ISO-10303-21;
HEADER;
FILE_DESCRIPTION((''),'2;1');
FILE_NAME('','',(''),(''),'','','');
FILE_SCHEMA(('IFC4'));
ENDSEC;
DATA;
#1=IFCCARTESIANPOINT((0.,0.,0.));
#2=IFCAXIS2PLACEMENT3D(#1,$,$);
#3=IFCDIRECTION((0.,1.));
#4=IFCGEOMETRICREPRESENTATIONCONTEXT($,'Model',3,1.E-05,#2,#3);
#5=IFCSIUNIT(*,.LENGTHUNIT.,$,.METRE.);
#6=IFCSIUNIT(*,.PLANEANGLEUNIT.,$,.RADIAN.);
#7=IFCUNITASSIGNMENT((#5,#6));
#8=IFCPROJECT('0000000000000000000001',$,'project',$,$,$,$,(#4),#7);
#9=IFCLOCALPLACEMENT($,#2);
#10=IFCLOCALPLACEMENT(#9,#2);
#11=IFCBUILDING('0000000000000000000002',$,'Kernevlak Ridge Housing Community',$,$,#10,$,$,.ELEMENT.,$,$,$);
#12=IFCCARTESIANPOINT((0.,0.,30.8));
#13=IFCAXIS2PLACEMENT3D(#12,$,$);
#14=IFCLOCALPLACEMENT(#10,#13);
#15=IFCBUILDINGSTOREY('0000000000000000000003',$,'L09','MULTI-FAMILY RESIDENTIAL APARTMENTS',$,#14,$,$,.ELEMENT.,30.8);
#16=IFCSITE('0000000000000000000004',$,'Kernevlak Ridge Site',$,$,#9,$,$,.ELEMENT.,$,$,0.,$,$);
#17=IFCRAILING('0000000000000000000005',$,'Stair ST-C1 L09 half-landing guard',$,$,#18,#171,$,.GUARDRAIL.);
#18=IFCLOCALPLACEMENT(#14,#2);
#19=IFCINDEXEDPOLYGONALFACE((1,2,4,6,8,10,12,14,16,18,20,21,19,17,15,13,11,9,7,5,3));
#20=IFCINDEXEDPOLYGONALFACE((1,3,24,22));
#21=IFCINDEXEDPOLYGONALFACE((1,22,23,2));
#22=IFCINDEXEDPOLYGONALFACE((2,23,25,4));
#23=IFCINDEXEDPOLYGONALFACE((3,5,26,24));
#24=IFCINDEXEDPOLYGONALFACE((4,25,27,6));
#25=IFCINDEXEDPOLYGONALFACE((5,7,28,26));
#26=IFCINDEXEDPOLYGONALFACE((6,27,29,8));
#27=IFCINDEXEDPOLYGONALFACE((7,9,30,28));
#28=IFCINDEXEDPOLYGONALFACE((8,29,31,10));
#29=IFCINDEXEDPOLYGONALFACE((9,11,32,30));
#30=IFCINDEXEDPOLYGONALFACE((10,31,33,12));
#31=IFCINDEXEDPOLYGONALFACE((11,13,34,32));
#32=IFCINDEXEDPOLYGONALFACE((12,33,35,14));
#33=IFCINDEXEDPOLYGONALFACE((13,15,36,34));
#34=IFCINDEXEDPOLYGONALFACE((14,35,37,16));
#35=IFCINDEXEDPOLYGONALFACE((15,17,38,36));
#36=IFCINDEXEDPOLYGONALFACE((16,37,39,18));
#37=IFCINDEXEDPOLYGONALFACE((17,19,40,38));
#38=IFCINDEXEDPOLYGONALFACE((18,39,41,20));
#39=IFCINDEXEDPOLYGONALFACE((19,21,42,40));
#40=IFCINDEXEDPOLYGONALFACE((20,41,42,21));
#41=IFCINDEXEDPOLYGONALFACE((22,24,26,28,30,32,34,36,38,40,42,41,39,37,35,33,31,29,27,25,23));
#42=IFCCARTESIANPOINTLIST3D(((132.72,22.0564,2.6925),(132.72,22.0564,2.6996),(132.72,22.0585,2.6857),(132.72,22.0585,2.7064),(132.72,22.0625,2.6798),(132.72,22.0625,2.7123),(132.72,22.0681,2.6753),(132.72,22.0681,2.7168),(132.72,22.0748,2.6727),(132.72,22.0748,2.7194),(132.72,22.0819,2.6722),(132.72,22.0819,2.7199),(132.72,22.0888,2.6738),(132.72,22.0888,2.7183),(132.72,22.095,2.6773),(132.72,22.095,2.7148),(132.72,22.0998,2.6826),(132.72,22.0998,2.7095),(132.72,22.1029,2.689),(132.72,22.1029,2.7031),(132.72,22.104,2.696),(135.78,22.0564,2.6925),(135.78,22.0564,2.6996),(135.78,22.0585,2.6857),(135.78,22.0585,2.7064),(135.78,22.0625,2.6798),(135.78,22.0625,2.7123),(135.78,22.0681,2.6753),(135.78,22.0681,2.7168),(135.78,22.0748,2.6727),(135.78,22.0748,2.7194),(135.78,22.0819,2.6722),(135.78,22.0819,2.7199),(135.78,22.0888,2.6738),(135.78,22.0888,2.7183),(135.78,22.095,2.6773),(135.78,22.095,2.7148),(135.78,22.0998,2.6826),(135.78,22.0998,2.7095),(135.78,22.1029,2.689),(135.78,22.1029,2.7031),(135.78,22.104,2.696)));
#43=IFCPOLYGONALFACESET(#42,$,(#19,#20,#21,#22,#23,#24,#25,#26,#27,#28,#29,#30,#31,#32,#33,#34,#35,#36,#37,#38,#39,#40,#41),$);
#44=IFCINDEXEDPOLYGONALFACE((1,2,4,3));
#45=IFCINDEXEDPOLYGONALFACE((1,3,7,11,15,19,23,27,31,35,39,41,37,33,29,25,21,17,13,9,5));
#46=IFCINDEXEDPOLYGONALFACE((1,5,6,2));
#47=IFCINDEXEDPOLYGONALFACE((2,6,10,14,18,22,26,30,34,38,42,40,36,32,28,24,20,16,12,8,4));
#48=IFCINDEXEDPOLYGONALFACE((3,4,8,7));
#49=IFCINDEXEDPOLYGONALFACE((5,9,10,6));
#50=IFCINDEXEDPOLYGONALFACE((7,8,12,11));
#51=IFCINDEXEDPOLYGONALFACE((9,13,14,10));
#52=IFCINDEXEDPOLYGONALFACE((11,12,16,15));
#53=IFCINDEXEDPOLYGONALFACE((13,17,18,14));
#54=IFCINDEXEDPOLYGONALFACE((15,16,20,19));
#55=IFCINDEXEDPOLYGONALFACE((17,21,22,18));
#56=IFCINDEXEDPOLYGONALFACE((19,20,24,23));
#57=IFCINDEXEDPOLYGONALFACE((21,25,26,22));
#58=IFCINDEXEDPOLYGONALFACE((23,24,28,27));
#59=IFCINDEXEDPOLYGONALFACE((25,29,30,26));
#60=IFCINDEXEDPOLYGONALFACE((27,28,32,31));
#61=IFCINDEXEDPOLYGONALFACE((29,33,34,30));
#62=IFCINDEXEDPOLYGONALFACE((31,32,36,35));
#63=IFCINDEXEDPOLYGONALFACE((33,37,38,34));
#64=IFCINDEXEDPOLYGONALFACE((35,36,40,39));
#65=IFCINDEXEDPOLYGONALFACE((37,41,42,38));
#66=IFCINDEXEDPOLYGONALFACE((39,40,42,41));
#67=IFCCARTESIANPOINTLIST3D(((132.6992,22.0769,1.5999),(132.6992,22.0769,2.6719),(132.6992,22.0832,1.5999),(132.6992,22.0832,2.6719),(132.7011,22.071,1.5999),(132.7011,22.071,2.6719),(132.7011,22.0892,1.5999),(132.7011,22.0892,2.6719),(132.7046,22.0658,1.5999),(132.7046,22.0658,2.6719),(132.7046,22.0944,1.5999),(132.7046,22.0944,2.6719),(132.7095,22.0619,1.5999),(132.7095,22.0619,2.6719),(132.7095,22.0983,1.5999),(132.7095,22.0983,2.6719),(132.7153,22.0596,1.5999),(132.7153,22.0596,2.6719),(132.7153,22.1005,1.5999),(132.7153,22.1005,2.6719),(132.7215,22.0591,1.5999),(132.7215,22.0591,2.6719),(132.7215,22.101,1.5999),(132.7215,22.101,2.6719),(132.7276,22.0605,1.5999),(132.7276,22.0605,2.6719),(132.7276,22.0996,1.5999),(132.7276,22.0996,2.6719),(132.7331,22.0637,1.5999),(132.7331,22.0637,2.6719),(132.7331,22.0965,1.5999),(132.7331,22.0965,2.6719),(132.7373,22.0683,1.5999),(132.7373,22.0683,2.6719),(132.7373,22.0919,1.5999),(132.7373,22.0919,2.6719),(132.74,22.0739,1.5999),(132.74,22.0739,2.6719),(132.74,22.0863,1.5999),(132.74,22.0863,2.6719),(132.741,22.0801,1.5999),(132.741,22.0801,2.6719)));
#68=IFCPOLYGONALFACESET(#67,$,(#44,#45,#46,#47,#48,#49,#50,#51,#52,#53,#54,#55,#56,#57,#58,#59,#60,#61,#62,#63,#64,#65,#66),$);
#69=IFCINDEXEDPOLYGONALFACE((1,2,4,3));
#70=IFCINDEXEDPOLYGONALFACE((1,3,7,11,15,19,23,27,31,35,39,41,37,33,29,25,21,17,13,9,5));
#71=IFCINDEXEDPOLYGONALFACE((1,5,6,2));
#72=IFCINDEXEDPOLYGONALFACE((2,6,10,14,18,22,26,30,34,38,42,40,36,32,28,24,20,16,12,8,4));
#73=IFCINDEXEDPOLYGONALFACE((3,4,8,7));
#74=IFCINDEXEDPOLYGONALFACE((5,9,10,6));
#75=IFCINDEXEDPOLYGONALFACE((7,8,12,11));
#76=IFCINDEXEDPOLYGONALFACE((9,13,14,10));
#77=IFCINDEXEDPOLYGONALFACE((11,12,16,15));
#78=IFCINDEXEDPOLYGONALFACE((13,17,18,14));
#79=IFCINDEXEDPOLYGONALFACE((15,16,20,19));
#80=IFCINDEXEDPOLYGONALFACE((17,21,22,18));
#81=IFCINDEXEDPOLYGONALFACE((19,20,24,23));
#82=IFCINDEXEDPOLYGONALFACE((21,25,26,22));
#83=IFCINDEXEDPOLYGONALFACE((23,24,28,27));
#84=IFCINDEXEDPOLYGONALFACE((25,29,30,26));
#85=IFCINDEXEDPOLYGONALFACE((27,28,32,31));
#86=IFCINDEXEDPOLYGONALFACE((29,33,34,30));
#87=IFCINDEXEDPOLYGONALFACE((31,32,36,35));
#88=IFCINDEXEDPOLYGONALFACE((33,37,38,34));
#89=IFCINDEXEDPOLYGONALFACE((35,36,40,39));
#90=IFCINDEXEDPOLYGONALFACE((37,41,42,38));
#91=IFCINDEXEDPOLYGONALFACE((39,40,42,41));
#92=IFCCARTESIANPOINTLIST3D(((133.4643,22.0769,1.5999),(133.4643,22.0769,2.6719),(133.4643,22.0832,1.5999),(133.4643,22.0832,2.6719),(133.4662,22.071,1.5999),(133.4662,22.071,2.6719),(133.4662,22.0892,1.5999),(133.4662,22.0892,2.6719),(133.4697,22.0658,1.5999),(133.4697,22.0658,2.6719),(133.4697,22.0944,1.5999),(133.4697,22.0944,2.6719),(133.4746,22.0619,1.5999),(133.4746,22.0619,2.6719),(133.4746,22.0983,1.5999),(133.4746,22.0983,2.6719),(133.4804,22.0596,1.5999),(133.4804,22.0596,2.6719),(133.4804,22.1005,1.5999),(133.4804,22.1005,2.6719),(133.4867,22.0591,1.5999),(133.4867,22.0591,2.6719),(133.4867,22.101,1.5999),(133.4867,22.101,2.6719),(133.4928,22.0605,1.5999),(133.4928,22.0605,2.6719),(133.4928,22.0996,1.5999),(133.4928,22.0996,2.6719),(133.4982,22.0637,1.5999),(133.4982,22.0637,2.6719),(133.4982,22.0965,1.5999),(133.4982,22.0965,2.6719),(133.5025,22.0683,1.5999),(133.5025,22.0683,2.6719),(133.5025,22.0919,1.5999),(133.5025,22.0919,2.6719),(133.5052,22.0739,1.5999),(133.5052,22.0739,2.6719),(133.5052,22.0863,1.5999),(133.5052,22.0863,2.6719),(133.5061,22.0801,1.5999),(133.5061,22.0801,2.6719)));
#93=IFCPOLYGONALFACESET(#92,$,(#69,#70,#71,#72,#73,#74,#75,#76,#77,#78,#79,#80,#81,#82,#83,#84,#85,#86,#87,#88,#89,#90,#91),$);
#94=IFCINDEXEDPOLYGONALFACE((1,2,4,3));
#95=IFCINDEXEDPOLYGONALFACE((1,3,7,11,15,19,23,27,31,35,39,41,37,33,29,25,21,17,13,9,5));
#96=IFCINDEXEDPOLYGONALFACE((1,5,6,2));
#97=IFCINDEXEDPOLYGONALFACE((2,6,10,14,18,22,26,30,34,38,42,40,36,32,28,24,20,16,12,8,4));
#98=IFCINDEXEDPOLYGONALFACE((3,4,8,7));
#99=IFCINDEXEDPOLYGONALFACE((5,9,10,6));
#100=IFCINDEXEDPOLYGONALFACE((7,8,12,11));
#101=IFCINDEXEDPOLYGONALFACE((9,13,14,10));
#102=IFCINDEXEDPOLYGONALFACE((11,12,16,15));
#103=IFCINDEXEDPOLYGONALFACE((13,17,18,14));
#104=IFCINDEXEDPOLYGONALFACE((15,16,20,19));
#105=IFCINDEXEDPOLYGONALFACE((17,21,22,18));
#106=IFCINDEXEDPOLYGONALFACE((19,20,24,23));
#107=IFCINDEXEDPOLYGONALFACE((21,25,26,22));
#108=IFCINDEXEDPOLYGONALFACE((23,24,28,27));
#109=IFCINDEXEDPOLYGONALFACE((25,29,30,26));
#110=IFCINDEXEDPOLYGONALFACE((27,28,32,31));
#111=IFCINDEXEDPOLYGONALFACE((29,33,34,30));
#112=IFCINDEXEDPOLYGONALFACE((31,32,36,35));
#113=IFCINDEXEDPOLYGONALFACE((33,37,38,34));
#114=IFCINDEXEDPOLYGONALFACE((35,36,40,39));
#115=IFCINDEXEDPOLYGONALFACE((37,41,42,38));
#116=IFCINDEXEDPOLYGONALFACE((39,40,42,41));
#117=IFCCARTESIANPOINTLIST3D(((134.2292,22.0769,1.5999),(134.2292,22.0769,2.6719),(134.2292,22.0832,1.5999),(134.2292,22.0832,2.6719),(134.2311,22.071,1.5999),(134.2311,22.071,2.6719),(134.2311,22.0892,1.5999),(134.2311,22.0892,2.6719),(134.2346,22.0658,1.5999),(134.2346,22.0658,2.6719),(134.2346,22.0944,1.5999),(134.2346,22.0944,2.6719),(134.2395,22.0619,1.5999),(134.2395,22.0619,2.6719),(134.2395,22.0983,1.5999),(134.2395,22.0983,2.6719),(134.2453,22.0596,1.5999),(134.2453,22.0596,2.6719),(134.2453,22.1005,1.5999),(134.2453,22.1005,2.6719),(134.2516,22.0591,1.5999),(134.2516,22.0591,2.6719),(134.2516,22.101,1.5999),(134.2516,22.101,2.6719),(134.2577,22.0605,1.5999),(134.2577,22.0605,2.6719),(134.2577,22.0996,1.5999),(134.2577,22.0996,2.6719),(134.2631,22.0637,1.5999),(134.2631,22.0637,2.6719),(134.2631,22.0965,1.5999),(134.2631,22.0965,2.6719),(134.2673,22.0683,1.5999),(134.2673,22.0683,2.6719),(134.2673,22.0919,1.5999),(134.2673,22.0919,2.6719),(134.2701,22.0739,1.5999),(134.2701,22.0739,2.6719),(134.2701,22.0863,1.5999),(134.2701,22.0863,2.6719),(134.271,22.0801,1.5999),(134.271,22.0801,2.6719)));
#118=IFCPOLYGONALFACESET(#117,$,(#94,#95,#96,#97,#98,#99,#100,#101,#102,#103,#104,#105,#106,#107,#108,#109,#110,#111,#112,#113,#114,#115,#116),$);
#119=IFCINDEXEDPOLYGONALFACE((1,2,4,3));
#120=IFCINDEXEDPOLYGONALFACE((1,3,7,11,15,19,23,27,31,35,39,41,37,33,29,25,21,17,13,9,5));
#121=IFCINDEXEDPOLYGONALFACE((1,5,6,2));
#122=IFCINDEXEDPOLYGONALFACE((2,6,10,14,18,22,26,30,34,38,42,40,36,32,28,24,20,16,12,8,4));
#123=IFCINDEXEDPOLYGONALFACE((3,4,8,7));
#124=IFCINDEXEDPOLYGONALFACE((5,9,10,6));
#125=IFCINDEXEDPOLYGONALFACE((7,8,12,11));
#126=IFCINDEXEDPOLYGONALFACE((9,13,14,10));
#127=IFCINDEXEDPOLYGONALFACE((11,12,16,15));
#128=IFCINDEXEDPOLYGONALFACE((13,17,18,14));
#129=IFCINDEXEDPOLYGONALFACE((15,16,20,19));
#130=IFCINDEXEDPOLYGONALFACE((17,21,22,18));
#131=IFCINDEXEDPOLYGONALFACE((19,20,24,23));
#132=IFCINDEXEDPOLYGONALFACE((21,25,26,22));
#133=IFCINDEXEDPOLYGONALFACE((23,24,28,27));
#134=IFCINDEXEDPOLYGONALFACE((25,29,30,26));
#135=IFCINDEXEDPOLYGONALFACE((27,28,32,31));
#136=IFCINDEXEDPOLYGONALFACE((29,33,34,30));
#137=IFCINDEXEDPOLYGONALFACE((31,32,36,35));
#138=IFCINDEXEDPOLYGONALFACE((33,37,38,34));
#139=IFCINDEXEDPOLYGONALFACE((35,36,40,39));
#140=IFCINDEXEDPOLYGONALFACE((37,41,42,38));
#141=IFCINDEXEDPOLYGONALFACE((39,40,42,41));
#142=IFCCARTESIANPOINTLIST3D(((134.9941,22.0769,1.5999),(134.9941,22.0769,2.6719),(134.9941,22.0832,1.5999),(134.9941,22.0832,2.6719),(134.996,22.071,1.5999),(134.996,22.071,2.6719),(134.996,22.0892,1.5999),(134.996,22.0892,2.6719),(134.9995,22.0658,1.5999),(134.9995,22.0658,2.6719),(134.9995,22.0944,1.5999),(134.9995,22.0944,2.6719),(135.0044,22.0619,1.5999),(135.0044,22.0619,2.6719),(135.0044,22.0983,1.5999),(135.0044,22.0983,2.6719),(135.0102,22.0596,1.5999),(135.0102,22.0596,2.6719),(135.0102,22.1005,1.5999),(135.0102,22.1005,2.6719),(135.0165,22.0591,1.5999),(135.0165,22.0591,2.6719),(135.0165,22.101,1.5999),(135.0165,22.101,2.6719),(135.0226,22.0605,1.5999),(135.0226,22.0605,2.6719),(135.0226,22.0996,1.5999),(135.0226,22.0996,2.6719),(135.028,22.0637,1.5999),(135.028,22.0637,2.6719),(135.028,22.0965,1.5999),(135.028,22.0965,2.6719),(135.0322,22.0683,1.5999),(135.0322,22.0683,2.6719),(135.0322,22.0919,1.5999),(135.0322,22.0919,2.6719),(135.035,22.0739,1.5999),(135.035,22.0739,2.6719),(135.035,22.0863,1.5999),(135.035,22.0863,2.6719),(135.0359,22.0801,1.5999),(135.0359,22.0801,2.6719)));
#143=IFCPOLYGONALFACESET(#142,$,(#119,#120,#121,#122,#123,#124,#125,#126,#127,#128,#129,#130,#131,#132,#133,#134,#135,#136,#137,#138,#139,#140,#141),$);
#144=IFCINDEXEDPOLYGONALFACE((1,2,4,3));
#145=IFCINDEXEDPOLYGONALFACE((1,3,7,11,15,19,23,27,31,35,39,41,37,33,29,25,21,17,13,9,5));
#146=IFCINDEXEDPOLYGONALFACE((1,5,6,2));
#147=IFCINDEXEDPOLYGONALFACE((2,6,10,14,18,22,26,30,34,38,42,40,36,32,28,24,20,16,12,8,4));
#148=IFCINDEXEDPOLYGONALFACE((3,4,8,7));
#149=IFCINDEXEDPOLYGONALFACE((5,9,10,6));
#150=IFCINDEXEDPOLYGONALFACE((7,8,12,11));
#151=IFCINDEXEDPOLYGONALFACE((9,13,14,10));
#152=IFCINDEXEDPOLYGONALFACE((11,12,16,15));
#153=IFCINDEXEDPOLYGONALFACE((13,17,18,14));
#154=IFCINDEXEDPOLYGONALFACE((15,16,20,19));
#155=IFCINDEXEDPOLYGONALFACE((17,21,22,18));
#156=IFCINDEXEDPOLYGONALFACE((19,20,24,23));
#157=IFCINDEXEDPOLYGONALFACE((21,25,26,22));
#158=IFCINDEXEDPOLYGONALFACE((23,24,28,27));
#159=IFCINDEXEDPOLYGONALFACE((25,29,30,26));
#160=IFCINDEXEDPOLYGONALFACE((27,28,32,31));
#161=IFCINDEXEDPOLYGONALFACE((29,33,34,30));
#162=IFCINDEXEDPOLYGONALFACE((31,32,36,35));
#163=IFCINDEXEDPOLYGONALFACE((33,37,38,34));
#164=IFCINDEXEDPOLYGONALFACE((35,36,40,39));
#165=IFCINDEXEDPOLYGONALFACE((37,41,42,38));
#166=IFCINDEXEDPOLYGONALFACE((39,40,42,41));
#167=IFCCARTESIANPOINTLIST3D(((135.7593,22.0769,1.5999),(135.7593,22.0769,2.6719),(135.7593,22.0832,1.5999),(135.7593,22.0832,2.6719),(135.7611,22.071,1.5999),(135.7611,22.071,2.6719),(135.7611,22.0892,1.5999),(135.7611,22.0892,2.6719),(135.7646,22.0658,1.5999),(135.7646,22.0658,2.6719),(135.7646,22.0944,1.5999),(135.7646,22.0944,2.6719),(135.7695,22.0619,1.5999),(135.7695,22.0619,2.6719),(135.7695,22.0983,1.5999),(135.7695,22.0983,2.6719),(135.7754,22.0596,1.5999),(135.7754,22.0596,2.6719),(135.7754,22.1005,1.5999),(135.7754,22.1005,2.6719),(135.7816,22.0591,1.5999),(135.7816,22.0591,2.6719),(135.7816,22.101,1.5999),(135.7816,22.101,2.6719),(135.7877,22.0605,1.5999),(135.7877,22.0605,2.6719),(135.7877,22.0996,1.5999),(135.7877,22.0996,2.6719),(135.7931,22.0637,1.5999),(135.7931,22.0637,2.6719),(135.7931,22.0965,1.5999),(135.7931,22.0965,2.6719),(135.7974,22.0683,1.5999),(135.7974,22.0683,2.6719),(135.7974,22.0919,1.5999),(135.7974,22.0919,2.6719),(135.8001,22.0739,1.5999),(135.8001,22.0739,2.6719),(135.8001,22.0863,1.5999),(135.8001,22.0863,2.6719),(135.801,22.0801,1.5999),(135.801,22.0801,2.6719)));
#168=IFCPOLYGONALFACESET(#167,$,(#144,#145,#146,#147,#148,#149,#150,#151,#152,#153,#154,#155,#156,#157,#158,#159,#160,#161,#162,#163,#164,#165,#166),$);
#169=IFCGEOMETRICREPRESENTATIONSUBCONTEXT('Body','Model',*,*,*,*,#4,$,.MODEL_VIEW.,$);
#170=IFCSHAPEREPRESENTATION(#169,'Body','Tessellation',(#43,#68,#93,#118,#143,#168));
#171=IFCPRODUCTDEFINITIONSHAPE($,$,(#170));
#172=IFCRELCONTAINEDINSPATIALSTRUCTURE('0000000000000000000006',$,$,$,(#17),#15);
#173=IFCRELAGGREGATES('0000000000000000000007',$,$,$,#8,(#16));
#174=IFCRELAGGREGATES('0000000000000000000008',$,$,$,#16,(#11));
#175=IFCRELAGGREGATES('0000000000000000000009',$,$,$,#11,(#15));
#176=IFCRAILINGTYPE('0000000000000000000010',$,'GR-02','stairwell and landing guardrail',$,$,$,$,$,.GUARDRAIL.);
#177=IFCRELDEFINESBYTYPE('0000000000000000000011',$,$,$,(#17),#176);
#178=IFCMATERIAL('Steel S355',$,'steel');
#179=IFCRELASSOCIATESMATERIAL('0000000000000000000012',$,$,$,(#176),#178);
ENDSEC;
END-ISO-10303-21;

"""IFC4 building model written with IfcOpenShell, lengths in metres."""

from ifc_helpers import new_model, si_unit, direction, frame, origin, origin_2d, place, context, subcontext, project, spatial, circle, extrude, material, type_object, element, save


model = new_model("IFC4")

# Units and contexts
model_context = context("Model", 3, precision=1e-05, world=origin(), true_north=direction((0.0, 1.0)))
body_context = subcontext(model_context, "Body", "Model", "MODEL_VIEW")
ifc_project = project(units=[si_unit("LENGTHUNIT", "METRE"), si_unit("PLANEANGLEUNIT", "RADIAN")], contexts=[model_context])

# Site, building, storey
site_placement = place(None, origin())
site = spatial("IfcSite", under=ifc_project, at=site_placement, Name="Kernevlak Ridge Site", CompositionType="ELEMENT", RefElevation=0.0)
building_placement = place(site_placement, origin())
building = spatial("IfcBuilding", under=site, at=building_placement, Name="Kernevlak Ridge Housing Community", CompositionType="ELEMENT")
storey_placement = place(building_placement, frame((0.0, 0.0, 30.8)))
storey = spatial("IfcBuildingStorey", under=building, at=storey_placement, Name="L09", Description="MULTI-FAMILY RESIDENTIAL APARTMENTS", CompositionType="ELEMENT", Elevation=30.8)

# Railing
ifc_material_1 = material(Name="Steel S355", Category="steel")
railing_type_1 = type_object("IfcRailingType", Name="GR-02", Description="stairwell and landing guardrail", PredefinedType="GUARDRAIL", material=ifc_material_1)
railing_1_placement = place(storey_placement, frame((132.72, 22.0801, 1.5999)))
element("IfcRailing", 1, at=railing_1_placement, inside=storey, type_object=railing_type_1, Name="Stair ST-C1 L09 half-landing guard", PredefinedType="GUARDRAIL", context=body_context, shape_type="SweptSolid", body=[
    extrude(circle(Radius=0.0239, at=origin_2d()), frame((0.0, 0.0, 1.0962), z_axis=(1.0, 0.0, 0.0), x_axis=(0.0, 1.0, 0.0)), (0.0, 0.0, 1.0), 3.0601),
    extrude(circle(Radius=0.021, at=origin_2d()), origin(), (0.0, 0.0, 1.0), 1.072),
    extrude(circle(Radius=0.021, at=origin_2d()), frame((0.7651, 0.0, 0.0)), (0.0, 0.0, 1.0), 1.072),
    extrude(circle(Radius=0.021, at=origin_2d()), frame((1.53, 0.0, 0.0)), (0.0, 0.0, 1.0), 1.072),
    extrude(circle(Radius=0.021, at=origin_2d()), frame((2.2949, 0.0, 0.0)), (0.0, 0.0, 1.0), 1.072),
    extrude(circle(Radius=0.021, at=origin_2d()), frame((3.0601, 0.0, 0.0)), (0.0, 0.0, 1.0), 1.072),
])

save(model, "model.ifc")
